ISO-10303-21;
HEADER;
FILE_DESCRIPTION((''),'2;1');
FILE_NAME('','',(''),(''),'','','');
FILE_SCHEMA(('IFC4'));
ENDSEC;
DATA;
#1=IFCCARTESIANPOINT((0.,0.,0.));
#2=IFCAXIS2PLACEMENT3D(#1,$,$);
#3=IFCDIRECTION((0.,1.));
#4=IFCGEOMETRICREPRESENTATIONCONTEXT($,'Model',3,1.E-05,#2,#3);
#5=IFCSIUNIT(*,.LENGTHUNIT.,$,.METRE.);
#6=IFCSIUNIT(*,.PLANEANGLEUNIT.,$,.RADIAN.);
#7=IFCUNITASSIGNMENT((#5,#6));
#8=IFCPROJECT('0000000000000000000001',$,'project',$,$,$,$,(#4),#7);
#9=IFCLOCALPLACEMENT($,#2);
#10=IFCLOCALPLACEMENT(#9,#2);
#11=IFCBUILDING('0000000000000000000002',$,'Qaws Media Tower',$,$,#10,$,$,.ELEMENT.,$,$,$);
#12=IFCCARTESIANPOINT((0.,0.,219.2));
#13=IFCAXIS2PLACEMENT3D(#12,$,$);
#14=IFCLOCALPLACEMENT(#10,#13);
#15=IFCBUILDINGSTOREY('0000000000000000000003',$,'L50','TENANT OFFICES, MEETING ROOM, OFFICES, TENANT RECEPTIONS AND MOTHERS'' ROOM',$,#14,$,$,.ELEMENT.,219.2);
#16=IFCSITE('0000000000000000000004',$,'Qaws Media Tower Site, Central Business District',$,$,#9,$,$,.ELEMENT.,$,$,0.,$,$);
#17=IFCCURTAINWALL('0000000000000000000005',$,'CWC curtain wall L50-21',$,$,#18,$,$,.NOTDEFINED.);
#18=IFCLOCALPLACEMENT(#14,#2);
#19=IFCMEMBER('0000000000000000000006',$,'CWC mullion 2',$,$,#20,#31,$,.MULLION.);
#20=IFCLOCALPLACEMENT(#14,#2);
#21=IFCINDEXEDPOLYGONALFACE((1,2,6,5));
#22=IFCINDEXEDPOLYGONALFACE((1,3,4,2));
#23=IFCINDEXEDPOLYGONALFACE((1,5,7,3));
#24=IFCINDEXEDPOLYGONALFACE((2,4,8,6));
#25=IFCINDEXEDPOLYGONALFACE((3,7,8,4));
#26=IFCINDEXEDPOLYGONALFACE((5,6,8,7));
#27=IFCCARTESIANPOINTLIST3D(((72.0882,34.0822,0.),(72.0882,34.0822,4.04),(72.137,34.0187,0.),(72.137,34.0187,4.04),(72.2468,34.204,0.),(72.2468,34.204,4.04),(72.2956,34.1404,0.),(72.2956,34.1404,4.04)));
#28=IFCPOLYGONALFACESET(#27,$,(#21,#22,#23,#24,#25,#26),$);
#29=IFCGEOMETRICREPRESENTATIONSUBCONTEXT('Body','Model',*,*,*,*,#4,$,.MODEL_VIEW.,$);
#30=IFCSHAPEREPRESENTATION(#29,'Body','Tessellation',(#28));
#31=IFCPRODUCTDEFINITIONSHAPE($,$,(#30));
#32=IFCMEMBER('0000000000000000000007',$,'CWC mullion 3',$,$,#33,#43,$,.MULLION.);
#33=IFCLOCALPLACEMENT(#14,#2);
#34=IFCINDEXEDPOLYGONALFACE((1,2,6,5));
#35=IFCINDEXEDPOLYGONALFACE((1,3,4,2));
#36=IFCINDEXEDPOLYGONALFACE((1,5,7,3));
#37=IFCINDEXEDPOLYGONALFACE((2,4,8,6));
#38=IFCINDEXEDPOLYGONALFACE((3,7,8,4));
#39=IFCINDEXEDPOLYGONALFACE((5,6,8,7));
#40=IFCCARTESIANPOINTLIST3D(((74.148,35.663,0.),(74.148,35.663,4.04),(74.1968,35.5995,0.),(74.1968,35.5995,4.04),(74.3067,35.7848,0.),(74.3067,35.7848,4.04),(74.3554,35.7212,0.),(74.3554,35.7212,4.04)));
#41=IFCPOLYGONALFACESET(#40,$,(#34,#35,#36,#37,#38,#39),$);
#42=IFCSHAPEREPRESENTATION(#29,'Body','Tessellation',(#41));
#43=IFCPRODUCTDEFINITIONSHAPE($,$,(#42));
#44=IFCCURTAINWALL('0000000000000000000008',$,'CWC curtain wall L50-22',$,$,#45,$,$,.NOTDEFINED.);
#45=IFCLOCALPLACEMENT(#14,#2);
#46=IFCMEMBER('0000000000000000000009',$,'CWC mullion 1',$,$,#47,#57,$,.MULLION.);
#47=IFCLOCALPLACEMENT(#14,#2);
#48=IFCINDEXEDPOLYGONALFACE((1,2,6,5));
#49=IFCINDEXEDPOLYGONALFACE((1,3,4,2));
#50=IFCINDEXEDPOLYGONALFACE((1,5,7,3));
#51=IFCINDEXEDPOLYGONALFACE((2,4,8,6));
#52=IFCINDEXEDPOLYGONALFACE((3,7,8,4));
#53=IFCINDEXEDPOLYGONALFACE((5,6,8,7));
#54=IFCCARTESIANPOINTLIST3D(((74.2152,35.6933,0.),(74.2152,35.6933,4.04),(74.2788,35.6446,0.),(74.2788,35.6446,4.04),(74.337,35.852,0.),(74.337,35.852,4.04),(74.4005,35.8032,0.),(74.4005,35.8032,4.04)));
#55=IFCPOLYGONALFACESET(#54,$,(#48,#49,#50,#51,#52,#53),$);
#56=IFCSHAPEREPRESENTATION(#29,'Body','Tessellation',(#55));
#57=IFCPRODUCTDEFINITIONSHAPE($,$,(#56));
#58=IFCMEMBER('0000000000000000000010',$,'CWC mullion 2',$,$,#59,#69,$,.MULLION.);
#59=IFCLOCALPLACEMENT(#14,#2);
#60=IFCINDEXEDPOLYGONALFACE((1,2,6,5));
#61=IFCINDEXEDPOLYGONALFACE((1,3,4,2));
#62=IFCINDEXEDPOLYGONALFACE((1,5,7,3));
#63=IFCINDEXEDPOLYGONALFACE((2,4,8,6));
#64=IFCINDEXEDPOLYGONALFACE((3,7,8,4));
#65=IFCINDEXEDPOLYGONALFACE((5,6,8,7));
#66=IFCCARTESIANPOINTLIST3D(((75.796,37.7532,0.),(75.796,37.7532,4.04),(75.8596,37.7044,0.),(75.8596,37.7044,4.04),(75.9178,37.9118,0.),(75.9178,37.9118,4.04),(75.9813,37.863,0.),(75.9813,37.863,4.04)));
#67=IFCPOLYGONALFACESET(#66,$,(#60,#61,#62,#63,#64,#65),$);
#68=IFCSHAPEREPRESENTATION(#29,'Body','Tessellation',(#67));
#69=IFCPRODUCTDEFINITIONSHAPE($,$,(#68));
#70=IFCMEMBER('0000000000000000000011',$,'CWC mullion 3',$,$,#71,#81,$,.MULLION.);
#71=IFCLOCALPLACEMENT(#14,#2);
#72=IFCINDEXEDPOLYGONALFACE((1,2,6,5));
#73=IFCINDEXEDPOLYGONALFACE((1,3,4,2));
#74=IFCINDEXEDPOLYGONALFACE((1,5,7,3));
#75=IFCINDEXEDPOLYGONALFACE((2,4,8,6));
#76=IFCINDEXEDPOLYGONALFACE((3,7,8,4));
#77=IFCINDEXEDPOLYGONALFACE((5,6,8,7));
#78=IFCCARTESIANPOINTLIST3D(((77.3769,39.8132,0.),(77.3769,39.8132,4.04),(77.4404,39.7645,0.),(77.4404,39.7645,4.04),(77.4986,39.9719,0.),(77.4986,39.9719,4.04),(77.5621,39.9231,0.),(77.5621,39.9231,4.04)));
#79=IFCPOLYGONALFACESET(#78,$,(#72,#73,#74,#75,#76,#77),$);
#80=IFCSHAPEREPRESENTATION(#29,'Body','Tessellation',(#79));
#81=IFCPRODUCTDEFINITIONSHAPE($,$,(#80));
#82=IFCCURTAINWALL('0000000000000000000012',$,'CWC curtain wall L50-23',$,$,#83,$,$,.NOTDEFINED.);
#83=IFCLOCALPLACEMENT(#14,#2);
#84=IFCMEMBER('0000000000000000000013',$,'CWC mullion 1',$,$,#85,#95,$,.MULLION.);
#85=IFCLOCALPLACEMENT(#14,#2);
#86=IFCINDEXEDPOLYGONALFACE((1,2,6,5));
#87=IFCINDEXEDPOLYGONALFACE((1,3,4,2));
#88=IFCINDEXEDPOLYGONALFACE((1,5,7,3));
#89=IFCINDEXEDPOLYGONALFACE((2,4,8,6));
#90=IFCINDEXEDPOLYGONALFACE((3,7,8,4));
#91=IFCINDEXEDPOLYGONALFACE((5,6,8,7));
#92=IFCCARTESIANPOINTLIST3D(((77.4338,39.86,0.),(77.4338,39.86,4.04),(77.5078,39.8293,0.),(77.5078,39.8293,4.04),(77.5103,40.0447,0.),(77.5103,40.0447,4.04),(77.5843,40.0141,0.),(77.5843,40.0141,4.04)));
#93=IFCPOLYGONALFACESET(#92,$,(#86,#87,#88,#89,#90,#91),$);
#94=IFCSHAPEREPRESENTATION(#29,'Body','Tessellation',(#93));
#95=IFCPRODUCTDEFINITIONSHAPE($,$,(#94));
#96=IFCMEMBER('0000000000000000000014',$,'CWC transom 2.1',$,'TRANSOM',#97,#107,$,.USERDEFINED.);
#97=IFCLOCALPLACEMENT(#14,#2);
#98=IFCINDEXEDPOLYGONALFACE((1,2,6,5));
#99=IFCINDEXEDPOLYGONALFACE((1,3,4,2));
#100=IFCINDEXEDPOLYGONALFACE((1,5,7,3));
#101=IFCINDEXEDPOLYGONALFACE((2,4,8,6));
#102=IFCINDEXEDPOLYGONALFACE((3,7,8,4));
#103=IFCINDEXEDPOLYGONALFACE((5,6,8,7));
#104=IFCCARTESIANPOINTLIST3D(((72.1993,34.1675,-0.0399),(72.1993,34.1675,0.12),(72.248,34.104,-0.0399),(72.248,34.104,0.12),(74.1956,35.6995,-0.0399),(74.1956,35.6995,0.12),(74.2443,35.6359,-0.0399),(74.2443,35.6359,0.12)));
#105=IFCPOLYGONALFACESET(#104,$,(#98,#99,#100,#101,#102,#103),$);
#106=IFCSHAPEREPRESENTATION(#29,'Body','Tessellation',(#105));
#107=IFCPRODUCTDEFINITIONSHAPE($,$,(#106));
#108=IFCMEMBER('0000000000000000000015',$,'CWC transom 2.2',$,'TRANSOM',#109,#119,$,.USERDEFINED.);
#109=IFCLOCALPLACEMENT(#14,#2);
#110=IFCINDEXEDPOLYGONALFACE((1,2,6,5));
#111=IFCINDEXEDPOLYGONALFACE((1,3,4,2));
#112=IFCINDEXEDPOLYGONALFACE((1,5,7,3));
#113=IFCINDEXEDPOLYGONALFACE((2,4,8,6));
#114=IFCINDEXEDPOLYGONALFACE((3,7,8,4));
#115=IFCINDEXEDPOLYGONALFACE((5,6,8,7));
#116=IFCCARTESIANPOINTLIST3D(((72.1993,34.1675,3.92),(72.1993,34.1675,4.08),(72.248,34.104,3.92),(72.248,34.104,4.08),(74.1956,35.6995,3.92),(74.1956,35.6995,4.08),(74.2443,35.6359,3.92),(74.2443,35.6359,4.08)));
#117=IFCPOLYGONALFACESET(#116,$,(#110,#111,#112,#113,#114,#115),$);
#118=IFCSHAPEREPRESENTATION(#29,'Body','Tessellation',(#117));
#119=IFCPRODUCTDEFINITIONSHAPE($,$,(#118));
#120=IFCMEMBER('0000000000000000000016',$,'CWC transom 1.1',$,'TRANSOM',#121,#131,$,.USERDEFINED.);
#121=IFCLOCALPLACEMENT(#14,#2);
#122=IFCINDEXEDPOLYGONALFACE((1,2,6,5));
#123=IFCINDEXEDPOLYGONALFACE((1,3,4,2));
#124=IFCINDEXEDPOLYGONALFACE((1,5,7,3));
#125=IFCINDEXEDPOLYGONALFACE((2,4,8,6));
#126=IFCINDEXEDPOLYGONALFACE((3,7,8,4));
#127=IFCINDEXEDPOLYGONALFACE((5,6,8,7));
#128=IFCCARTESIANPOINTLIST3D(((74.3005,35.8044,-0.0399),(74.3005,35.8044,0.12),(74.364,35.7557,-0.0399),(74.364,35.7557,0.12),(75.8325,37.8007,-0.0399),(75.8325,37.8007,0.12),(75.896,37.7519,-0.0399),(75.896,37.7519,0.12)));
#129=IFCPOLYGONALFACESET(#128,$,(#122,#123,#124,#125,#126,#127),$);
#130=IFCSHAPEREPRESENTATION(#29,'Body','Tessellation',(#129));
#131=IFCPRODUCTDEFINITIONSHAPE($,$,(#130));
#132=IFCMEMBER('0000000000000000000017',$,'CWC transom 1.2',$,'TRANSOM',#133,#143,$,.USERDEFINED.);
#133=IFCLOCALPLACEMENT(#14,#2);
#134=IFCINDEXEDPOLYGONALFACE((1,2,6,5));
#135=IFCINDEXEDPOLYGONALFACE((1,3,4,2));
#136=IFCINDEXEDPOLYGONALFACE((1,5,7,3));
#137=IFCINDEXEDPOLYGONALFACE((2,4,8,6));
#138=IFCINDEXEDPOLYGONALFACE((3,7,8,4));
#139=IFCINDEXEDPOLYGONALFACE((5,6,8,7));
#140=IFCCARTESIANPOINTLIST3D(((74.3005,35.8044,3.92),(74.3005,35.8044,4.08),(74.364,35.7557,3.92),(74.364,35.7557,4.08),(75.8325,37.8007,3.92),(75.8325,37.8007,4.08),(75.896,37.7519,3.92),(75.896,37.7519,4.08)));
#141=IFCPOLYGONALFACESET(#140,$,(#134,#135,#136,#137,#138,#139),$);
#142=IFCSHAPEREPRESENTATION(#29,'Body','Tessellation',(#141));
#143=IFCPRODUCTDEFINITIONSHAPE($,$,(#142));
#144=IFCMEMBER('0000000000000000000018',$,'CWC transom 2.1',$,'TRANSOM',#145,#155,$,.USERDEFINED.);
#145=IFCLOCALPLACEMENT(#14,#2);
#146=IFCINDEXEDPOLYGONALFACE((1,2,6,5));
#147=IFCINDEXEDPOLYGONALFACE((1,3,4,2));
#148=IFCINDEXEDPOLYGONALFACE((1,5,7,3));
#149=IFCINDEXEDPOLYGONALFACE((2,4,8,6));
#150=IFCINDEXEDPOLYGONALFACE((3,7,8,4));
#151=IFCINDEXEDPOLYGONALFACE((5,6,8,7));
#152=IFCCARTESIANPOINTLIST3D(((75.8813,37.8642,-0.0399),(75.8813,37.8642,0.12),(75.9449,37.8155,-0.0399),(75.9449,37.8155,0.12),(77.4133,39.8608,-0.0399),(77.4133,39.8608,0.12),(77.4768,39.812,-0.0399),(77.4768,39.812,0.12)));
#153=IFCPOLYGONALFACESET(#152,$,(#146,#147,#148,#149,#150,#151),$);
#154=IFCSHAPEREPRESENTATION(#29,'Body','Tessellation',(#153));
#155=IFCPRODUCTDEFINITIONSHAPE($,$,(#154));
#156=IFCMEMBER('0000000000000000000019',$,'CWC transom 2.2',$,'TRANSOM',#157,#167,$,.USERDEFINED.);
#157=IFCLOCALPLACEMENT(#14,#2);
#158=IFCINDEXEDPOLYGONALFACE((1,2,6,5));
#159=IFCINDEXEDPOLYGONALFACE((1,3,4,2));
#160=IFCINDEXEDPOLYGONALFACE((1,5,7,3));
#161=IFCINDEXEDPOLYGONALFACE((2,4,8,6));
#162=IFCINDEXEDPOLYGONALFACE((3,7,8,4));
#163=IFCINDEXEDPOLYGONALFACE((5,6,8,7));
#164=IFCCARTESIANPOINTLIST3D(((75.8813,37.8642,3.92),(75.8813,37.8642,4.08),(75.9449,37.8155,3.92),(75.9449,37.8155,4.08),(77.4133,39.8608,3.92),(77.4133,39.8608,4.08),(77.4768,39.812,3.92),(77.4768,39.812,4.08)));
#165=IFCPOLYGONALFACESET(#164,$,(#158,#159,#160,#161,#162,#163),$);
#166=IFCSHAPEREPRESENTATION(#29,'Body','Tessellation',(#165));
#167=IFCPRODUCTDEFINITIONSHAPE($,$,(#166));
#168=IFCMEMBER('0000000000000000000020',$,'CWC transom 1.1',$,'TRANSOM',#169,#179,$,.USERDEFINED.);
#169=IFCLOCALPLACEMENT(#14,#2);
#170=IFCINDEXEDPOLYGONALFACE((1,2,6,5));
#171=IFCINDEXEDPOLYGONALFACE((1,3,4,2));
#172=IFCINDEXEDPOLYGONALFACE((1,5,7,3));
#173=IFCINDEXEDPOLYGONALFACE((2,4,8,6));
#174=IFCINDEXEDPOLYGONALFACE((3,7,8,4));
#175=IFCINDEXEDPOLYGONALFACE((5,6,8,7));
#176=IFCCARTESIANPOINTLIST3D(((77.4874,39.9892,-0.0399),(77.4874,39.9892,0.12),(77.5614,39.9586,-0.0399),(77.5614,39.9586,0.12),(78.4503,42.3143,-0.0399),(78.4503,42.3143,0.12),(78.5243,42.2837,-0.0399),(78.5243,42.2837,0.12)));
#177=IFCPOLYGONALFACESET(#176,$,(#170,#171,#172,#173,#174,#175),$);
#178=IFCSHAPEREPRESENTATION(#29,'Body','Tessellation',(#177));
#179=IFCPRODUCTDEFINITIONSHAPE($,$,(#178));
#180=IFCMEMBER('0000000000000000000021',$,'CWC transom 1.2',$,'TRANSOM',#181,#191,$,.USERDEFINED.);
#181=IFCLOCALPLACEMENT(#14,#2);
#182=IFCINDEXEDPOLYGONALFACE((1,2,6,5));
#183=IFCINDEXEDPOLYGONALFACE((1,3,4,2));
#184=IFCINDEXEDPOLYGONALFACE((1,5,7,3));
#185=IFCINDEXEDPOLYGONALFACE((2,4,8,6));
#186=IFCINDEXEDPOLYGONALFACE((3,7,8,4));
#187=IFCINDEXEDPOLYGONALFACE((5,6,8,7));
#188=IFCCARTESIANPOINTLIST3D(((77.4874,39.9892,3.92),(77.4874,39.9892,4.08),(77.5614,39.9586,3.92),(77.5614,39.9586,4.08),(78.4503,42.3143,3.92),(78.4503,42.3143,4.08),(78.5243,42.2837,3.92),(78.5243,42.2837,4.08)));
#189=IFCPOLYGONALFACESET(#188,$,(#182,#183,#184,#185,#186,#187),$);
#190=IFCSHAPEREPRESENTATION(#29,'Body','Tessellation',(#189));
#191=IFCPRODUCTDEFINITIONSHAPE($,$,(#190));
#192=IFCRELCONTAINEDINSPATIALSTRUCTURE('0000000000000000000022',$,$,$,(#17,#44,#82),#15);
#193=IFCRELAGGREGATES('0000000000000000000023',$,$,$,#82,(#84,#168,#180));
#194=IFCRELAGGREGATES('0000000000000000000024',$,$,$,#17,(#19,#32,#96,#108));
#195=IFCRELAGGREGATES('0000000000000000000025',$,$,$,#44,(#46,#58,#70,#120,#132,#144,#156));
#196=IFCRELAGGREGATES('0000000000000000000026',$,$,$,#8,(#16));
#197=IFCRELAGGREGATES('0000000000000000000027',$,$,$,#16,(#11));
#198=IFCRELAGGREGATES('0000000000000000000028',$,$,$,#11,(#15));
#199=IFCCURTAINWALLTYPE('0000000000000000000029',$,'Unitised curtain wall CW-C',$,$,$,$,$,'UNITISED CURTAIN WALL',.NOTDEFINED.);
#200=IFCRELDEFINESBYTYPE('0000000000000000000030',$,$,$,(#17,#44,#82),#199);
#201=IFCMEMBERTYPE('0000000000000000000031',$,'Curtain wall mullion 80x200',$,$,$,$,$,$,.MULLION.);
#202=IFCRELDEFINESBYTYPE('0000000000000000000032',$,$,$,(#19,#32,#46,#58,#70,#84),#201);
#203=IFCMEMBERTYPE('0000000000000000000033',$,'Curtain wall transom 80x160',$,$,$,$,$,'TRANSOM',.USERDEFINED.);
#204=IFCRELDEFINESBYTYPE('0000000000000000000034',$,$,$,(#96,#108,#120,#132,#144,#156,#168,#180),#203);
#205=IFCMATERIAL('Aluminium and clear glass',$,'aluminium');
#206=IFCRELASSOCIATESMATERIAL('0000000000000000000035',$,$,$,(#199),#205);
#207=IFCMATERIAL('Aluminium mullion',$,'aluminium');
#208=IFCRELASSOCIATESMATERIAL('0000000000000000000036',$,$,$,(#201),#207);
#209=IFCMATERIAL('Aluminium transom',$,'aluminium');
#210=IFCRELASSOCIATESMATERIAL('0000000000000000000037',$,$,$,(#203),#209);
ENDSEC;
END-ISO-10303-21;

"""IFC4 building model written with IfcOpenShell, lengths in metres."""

from ifc_helpers import new_model, si_unit, direction, frame, origin, origin_2d, place, context, subcontext, project, spatial, rectangle, extrude, material, material_profile, profile_set, type_object, element, aggregate, save


model = new_model("IFC4")

# Units and contexts
model_context = context("Model", 3, precision=1e-05, world=origin(), true_north=direction((0.0, 1.0)))
body_context = subcontext(model_context, "Body", "Model", "MODEL_VIEW")
ifc_project = project(units=[si_unit("LENGTHUNIT", "METRE"), si_unit("PLANEANGLEUNIT", "RADIAN")], contexts=[model_context])

# Site, building, storey
site_placement = place(None, origin())
site = spatial("IfcSite", under=ifc_project, at=site_placement, Name="Qaws Media Tower Site, Central Business District", CompositionType="ELEMENT", RefElevation=0.0)
building_placement = place(site_placement, origin())
building = spatial("IfcBuilding", under=site, at=building_placement, Name="Qaws Media Tower", CompositionType="ELEMENT")
storey_placement = place(building_placement, frame((0.0, 0.0, 219.2)))
storey = spatial("IfcBuildingStorey", under=building, at=storey_placement, Name="L50", Description="TENANT OFFICES, MEETING ROOM, OFFICES, TENANT RECEPTIONS AND MOTHERS' ROOM", CompositionType="ELEMENT", Elevation=219.2)

# Curtain walls, members
ifc_material_1 = material(Name="Aluminium and clear glass", Category="aluminium")
curtain_wall_type = type_object("IfcCurtainWallType", Name="Unitised curtain wall CW-C", ElementType="UNITISED CURTAIN WALL", PredefinedType="NOTDEFINED", material=ifc_material_1)
curtain_wall_1_placement = place(storey_placement, origin())
curtain_wall_1 = element("IfcCurtainWall", 1, at=curtain_wall_1_placement, inside=storey, type_object=curtain_wall_type, Name="CWC curtain wall L50-21", PredefinedType="NOTDEFINED")
ifc_material_2 = material(Name="Aluminium mullion", Category="aluminium")
ifc_material_profile_1 = material_profile(ifc_material_2, rectangle(XDim=0.0801, YDim=0.2, at=origin_2d()), Name="80x200")
ifc_profile_set_1 = profile_set([ifc_material_profile_1], Name="Aluminium mullion")
member_type_1 = type_object("IfcMemberType", Name="Curtain wall mullion 80x200", PredefinedType="MULLION", material=ifc_profile_set_1)
member_1_placement = place(storey_placement, frame((72.1919, 34.1113, 0.0), z_axis=(0.0, 0.0, 1.0), x_axis=(-0.608761, 0.793353, 0.0)))
member_1 = element("IfcMember", 2, at=member_1_placement, type_object=member_type_1, Name="CWC mullion 2", PredefinedType="MULLION", context=body_context, shape_type="SweptSolid", body=[
    extrude(rectangle(XDim=0.0801, YDim=0.2, at=origin_2d()), origin(), (0.0, 0.0, 1.0), 4.04),
])
member_2_placement = place(storey_placement, frame((74.2517, 35.6921, 0.0), z_axis=(0.0, 0.0, 1.0), x_axis=(-0.608761, 0.793353, 0.0)))
member_2 = element("IfcMember", 3, at=member_2_placement, type_object=member_type_1, Name="CWC mullion 3", PredefinedType="MULLION", context=body_context, shape_type="SweptSolid", body=[
    extrude(rectangle(XDim=0.0801, YDim=0.2, at=origin_2d()), origin(), (0.0, 0.0, 1.0), 4.04),
])
curtain_wall_2_placement = place(storey_placement, origin())
curtain_wall_2 = element("IfcCurtainWall", 4, at=curtain_wall_2_placement, inside=storey, type_object=curtain_wall_type, Name="CWC curtain wall L50-22", PredefinedType="NOTDEFINED")
member_3_placement = place(storey_placement, frame((74.3079, 35.7483, 0.0), z_axis=(0.0, 0.0, 1.0), x_axis=(-0.793353, 0.608761, 0.0)))
member_3 = element("IfcMember", 5, at=member_3_placement, type_object=member_type_1, Name="CWC mullion 1", PredefinedType="MULLION", context=body_context, shape_type="SweptSolid", body=[
    extrude(rectangle(XDim=0.0801, YDim=0.2, at=origin_2d()), origin(), (0.0, 0.0, 1.0), 4.04),
])
member_4_placement = place(storey_placement, frame((75.8887, 37.8081, 0.0), z_axis=(0.0, 0.0, 1.0), x_axis=(-0.793353, 0.608761, 0.0)))
member_4 = element("IfcMember", 6, at=member_4_placement, type_object=member_type_1, Name="CWC mullion 2", PredefinedType="MULLION", context=body_context, shape_type="SweptSolid", body=[
    extrude(rectangle(XDim=0.0801, YDim=0.2, at=origin_2d()), origin(), (0.0, 0.0, 1.0), 4.04),
])
member_5_placement = place(storey_placement, frame((77.4695, 39.8682, 0.0), z_axis=(0.0, 0.0, 1.0), x_axis=(-0.793353, 0.608761, 0.0)))
member_5 = element("IfcMember", 7, at=member_5_placement, type_object=member_type_1, Name="CWC mullion 3", PredefinedType="MULLION", context=body_context, shape_type="SweptSolid", body=[
    extrude(rectangle(XDim=0.0801, YDim=0.2, at=origin_2d()), origin(), (0.0, 0.0, 1.0), 4.04),
])

# Curtain wall, member
curtain_wall_3_placement = place(storey_placement, origin())
curtain_wall_3 = element("IfcCurtainWall", 8, at=curtain_wall_3_placement, inside=storey, type_object=curtain_wall_type, Name="CWC curtain wall L50-23", PredefinedType="NOTDEFINED")
member_6_placement = place(storey_placement, frame((77.509, 39.937, 0.0), z_axis=(0.0, 0.0, 1.0), x_axis=(-0.923879, 0.382684, 0.0)))
member_6 = element("IfcMember", 9, at=member_6_placement, type_object=member_type_1, Name="CWC mullion 1", PredefinedType="MULLION", context=body_context, shape_type="SweptSolid", body=[
    extrude(rectangle(XDim=0.0801, YDim=0.2, at=origin_2d()), origin(), (0.0, 0.0, 1.0), 4.04),
])

# Members
ifc_material_3 = material(Name="Aluminium transom", Category="aluminium")
ifc_material_profile_2 = material_profile(ifc_material_3, rectangle(XDim=0.0801, YDim=0.1599, at=origin_2d()), Name="80x160")
ifc_profile_set_2 = profile_set([ifc_material_profile_2], Name="Aluminium transom")
member_type_2 = type_object("IfcMemberType", Name="Curtain wall transom 80x160", ElementType="TRANSOM", PredefinedType="USERDEFINED", material=ifc_profile_set_2)
member_7_placement = place(storey_placement, frame((72.2236, 34.1357, 0.04), z_axis=(0.793327, 0.608796, 0.0), x_axis=(-0.608796, 0.793327, 0.0)))
member_7 = element("IfcMember", 10, at=member_7_placement, type_object=member_type_2, Name="CWC transom 2.1", ObjectType="TRANSOM", PredefinedType="USERDEFINED", context=body_context, shape_type="SweptSolid", body=[
    extrude(rectangle(XDim=0.0801, YDim=0.1599, at=origin_2d()), origin(), (0.0, 0.0, 1.0), 2.5164),
])
member_8_placement = place(storey_placement, frame((72.2236, 34.1357, 4.0), z_axis=(0.793327, 0.608796, 0.0), x_axis=(-0.608796, 0.793327, 0.0)))
member_8 = element("IfcMember", 11, at=member_8_placement, type_object=member_type_2, Name="CWC transom 2.2", ObjectType="TRANSOM", PredefinedType="USERDEFINED", context=body_context, shape_type="SweptSolid", body=[
    extrude(rectangle(XDim=0.0801, YDim=0.1599, at=origin_2d()), origin(), (0.0, 0.0, 1.0), 2.5164),
])
member_9_placement = place(storey_placement, frame((74.3323, 35.78, 0.04), z_axis=(0.608796, 0.793327, 0.0), x_axis=(-0.793327, 0.608796, 0.0)))
member_9 = element("IfcMember", 12, at=member_9_placement, type_object=member_type_2, Name="CWC transom 1.1", ObjectType="TRANSOM", PredefinedType="USERDEFINED", context=body_context, shape_type="SweptSolid", body=[
    extrude(rectangle(XDim=0.0801, YDim=0.1599, at=origin_2d()), origin(), (0.0, 0.0, 1.0), 2.5164),
])
member_10_placement = place(storey_placement, frame((74.3323, 35.78, 4.0), z_axis=(0.608796, 0.793327, 0.0), x_axis=(-0.793327, 0.608796, 0.0)))
member_10 = element("IfcMember", 13, at=member_10_placement, type_object=member_type_2, Name="CWC transom 1.2", ObjectType="TRANSOM", PredefinedType="USERDEFINED", context=body_context, shape_type="SweptSolid", body=[
    extrude(rectangle(XDim=0.0801, YDim=0.1599, at=origin_2d()), origin(), (0.0, 0.0, 1.0), 2.5164),
])
member_11_placement = place(storey_placement, frame((75.9131, 37.8398, 0.04), z_axis=(0.608749, 0.793363, 0.0), x_axis=(-0.793363, 0.608749, 0.0)))
member_11 = element("IfcMember", 14, at=member_11_placement, type_object=member_type_2, Name="CWC transom 2.1", ObjectType="TRANSOM", PredefinedType="USERDEFINED", context=body_context, shape_type="SweptSolid", body=[
    extrude(rectangle(XDim=0.0801, YDim=0.1599, at=origin_2d()), origin(), (0.0, 0.0, 1.0), 2.5166),
])
member_12_placement = place(storey_placement, frame((75.9131, 37.8398, 4.0), z_axis=(0.608749, 0.793363, 0.0), x_axis=(-0.793363, 0.608749, 0.0)))
member_12 = element("IfcMember", 15, at=member_12_placement, type_object=member_type_2, Name="CWC transom 2.2", ObjectType="TRANSOM", PredefinedType="USERDEFINED", context=body_context, shape_type="SweptSolid", body=[
    extrude(rectangle(XDim=0.0801, YDim=0.1599, at=origin_2d()), origin(), (0.0, 0.0, 1.0), 2.5166),
])
member_13_placement = place(storey_placement, frame((77.5244, 39.9739, 0.04), z_axis=(0.382603, 0.923913, 0.0), x_axis=(-0.923913, 0.382603, 0.0)))
member_13 = element("IfcMember", 16, at=member_13_placement, type_object=member_type_2, Name="CWC transom 1.1", ObjectType="TRANSOM", PredefinedType="USERDEFINED", context=body_context, shape_type="SweptSolid", body=[
    extrude(rectangle(XDim=0.0801, YDim=0.1599, at=origin_2d()), origin(), (0.0, 0.0, 1.0), 2.5166),
])
member_14_placement = place(storey_placement, frame((77.5244, 39.9739, 4.0), z_axis=(0.382603, 0.923913, 0.0), x_axis=(-0.923913, 0.382603, 0.0)))
member_14 = element("IfcMember", 17, at=member_14_placement, type_object=member_type_2, Name="CWC transom 1.2", ObjectType="TRANSOM", PredefinedType="USERDEFINED", context=body_context, shape_type="SweptSolid", body=[
    extrude(rectangle(XDim=0.0801, YDim=0.1599, at=origin_2d()), origin(), (0.0, 0.0, 1.0), 2.5166),
])
aggregate(curtain_wall_3, [member_6, member_13, member_14])

aggregate(curtain_wall_1, [member_1, member_2, member_7, member_8])
aggregate(curtain_wall_2, [member_3, member_4, member_5, member_9, member_10, member_11, member_12])

save(model, "model.ifc")
